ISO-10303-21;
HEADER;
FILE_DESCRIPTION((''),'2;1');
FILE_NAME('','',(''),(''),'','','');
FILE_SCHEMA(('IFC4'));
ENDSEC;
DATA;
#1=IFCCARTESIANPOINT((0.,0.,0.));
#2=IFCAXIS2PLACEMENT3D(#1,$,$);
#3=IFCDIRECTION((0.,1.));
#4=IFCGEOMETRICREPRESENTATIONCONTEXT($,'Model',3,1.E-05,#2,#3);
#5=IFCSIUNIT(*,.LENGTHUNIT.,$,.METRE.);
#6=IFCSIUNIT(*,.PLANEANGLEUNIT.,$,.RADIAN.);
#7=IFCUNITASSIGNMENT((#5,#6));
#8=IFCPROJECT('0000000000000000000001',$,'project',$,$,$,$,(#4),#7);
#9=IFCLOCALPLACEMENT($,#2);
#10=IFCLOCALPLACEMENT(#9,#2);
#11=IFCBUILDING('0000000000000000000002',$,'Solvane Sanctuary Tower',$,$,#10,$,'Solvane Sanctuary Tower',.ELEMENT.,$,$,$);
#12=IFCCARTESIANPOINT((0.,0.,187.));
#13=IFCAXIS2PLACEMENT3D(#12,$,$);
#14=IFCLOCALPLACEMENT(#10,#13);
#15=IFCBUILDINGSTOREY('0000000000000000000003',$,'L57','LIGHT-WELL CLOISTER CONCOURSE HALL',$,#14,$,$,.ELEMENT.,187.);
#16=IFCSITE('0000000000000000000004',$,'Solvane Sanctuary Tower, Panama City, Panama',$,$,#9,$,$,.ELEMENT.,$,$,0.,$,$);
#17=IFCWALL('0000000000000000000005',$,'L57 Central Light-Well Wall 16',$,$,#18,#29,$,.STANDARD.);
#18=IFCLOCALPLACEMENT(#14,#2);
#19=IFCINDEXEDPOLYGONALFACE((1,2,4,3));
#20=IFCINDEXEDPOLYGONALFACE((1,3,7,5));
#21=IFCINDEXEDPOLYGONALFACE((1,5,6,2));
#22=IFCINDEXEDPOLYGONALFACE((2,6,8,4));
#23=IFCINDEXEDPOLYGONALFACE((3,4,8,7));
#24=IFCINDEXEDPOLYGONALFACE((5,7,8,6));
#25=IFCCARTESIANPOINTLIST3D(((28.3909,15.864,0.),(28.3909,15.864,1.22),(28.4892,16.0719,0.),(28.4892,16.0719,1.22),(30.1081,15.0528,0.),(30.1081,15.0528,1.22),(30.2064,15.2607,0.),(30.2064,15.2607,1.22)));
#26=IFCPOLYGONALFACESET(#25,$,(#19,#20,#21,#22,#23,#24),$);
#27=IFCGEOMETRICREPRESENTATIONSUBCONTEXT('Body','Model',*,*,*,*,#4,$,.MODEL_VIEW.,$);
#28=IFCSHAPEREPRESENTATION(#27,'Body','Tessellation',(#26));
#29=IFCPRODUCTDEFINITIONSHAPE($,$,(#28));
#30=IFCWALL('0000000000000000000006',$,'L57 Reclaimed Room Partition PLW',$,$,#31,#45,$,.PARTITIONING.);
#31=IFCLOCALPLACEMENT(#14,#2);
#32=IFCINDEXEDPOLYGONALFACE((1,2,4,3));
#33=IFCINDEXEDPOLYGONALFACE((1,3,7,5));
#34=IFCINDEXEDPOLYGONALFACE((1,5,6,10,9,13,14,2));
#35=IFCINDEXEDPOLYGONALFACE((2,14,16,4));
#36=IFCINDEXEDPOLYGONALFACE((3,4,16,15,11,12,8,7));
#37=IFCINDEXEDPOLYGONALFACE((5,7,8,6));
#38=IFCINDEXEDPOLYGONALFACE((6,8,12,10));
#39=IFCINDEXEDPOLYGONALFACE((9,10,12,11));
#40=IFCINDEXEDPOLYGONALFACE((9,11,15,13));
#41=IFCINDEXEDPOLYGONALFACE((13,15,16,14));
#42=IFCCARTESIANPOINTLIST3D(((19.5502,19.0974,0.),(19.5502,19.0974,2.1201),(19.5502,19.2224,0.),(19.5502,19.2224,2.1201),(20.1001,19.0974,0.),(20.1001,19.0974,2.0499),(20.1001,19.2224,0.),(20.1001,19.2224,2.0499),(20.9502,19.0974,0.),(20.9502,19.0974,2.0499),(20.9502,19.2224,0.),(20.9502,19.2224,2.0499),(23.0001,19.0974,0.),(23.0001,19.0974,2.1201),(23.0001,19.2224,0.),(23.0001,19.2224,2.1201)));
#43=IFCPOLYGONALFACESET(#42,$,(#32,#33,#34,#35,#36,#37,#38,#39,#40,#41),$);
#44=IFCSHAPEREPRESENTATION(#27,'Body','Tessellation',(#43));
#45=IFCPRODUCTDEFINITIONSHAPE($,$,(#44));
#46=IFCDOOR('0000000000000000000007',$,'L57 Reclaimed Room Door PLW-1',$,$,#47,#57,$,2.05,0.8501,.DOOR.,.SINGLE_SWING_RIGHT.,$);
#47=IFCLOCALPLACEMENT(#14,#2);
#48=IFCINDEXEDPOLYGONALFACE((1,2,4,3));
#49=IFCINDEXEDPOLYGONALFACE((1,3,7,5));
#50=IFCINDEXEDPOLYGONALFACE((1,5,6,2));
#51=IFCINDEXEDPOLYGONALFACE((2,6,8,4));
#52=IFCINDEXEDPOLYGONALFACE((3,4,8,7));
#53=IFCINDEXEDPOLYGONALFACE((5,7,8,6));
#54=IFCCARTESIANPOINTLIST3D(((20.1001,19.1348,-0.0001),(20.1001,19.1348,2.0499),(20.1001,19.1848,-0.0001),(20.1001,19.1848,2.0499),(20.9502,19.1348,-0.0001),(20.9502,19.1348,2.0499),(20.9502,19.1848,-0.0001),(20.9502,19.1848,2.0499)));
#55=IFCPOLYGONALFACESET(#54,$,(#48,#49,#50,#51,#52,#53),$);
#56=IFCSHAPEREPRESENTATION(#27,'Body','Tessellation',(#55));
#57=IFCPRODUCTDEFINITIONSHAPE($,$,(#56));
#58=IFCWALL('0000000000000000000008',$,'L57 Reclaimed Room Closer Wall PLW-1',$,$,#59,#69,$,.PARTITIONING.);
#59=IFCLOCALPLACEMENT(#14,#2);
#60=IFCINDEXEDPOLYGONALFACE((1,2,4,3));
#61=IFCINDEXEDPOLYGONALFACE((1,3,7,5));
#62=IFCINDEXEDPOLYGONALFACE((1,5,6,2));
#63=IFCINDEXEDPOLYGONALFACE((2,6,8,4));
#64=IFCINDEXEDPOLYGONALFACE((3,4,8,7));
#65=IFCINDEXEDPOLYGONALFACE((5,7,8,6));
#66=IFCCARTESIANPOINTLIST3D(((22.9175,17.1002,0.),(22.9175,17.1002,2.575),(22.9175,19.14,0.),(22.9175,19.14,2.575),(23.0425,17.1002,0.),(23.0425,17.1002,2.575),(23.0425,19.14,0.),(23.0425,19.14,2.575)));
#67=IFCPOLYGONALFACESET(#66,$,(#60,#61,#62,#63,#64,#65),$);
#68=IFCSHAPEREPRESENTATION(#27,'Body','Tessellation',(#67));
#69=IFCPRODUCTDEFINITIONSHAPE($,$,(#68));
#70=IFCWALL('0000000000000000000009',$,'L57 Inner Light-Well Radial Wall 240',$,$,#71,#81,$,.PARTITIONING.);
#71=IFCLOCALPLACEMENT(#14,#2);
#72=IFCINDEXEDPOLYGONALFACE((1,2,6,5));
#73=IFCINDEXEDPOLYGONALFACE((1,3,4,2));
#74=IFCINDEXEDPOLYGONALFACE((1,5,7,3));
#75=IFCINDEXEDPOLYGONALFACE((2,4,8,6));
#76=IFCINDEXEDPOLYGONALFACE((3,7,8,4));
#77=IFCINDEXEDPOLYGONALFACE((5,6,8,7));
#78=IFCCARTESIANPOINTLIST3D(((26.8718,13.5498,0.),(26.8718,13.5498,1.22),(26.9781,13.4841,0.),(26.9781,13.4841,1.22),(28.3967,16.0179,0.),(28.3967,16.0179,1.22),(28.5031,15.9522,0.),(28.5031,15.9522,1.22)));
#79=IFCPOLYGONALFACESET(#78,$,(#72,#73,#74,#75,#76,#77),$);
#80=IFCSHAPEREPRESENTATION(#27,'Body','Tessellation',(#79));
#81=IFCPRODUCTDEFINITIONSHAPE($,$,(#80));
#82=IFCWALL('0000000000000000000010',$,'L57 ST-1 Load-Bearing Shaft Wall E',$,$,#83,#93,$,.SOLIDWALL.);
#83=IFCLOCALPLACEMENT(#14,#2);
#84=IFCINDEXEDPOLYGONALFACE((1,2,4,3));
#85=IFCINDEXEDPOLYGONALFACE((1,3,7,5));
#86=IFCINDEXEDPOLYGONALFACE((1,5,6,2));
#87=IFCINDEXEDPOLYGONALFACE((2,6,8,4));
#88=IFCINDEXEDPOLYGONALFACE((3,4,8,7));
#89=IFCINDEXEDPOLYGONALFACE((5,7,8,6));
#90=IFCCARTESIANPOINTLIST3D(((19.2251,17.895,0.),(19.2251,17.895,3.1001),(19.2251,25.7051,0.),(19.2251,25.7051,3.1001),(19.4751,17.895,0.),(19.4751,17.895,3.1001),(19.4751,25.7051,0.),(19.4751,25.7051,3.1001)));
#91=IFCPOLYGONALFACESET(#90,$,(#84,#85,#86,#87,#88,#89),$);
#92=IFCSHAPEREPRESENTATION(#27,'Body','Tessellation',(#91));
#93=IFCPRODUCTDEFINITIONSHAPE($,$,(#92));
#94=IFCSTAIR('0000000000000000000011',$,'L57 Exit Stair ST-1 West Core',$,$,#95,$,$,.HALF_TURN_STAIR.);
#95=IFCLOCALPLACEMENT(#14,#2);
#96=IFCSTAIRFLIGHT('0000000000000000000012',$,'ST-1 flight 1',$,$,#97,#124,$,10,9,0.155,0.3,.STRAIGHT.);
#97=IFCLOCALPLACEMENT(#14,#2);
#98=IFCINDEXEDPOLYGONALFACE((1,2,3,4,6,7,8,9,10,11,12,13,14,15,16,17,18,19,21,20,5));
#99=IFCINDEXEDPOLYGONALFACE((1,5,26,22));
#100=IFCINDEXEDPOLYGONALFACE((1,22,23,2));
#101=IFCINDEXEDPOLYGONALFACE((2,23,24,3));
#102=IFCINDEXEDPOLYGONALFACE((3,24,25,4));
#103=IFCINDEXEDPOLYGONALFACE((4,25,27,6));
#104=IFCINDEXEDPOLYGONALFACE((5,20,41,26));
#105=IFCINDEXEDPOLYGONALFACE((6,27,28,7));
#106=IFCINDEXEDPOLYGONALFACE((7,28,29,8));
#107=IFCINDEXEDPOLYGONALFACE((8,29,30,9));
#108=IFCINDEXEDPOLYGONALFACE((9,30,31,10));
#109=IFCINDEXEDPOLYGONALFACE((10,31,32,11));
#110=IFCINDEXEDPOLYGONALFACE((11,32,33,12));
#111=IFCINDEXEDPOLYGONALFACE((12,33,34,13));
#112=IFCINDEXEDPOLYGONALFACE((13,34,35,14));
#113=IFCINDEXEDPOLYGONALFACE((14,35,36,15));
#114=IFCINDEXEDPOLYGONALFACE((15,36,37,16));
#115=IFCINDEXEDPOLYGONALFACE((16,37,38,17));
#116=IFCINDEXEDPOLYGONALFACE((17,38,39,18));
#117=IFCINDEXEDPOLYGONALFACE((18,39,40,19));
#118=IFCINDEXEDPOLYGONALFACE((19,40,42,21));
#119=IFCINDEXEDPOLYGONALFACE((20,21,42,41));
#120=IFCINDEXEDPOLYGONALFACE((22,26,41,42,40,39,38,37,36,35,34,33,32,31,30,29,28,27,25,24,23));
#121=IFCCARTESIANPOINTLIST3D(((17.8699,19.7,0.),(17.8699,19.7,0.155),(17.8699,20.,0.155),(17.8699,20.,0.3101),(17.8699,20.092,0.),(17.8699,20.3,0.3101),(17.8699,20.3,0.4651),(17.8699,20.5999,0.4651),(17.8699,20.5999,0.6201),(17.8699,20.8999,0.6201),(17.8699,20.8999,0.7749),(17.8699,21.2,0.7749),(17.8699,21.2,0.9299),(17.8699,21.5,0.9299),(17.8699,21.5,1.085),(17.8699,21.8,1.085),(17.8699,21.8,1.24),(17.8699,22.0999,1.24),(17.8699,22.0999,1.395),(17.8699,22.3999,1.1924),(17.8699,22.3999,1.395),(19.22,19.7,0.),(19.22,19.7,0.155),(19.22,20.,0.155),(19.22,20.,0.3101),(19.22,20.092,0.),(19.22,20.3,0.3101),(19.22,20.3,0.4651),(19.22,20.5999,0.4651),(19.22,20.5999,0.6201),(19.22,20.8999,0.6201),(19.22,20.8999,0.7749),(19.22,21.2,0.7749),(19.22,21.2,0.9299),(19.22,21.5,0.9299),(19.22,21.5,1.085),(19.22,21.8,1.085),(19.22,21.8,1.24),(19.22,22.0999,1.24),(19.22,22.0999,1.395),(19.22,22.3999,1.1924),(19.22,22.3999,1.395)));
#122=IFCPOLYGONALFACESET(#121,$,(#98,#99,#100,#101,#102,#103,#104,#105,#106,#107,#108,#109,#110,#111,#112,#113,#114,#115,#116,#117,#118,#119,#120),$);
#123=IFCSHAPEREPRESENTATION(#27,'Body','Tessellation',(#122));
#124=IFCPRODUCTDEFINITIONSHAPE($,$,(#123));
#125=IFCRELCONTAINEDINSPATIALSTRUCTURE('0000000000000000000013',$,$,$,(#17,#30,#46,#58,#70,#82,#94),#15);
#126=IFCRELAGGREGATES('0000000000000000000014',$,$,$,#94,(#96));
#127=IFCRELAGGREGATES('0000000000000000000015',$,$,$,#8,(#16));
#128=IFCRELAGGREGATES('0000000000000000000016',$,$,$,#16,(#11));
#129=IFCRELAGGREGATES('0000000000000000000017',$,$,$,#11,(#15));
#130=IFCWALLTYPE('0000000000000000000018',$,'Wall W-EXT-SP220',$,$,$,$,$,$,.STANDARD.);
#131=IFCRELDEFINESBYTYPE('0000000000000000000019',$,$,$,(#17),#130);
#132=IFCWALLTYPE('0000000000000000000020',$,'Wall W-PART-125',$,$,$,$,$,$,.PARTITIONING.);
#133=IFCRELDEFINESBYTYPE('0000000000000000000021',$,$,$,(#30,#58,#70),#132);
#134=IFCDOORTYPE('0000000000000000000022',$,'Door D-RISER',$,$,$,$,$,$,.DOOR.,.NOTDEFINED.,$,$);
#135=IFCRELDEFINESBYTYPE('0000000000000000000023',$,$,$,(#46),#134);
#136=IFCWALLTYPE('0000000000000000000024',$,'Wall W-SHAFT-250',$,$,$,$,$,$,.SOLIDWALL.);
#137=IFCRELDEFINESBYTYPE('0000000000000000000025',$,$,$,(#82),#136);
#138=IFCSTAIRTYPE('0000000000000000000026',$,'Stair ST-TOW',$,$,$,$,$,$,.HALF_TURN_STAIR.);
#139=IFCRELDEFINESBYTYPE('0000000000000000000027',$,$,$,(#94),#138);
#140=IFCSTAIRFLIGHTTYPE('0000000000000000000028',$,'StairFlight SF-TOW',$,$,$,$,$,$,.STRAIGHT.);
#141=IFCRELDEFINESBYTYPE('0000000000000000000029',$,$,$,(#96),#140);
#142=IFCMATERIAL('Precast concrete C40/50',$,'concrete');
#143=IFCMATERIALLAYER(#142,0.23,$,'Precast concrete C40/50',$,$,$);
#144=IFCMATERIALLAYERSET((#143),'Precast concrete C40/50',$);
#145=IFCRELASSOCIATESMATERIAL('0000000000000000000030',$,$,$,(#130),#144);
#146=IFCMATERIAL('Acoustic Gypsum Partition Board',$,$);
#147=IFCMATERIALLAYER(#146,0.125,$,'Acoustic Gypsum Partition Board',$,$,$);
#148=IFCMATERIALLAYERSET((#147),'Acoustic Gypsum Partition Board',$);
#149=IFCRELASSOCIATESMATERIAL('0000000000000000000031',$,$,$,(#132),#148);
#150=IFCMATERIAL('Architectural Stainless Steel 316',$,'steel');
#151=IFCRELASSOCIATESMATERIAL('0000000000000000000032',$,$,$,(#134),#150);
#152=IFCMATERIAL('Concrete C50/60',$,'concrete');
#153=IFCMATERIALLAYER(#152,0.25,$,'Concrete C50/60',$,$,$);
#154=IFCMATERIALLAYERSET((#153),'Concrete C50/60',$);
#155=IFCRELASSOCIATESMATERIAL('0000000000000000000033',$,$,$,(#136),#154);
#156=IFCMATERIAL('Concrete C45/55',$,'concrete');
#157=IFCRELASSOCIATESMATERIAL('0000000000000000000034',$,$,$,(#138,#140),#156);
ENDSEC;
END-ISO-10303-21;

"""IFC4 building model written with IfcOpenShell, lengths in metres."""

from ifc_helpers import new_model, si_unit, direction, frame, frame_2d, origin, place, context, subcontext, project, spatial, polyline, rectangle, outline, extrude, material, layer, layer_set, type_object, element, fill, aggregate, save


model = new_model("IFC4")

# Units and contexts
model_context = context("Model", 3, precision=1e-05, world=origin(), true_north=direction((0.0, 1.0)))
body_context = subcontext(model_context, "Body", "Model", "MODEL_VIEW")
ifc_project = project(units=[si_unit("LENGTHUNIT", "METRE"), si_unit("PLANEANGLEUNIT", "RADIAN")], contexts=[model_context])

# Site, building, storey
site_placement = place(None, origin())
site = spatial("IfcSite", under=ifc_project, at=site_placement, Name="Solvane Sanctuary Tower, Panama City, Panama", CompositionType="ELEMENT", RefElevation=0.0)
building_placement = place(site_placement, origin())
building = spatial("IfcBuilding", under=site, at=building_placement, Name="Solvane Sanctuary Tower", LongName="Solvane Sanctuary Tower", CompositionType="ELEMENT")
storey_placement = place(building_placement, frame((0.0, 0.0, 187.0)))
storey = spatial("IfcBuildingStorey", under=building, at=storey_placement, Name="L57", Description="LIGHT-WELL CLOISTER CONCOURSE HALL", CompositionType="ELEMENT", Elevation=187.0)

# Shared definitions
ifc_material_1 = material(Name="Concrete C50/60", Category="concrete")

# Wall
ifc_material_2 = material(Name="Acoustic Gypsum Partition Board")
ifc_material_3 = material(Name="Precast concrete C40/50", Category="concrete")
ifc_layer_1 = layer(ifc_material_3, 0.23, Name="Precast concrete C40/50")
ifc_layer_set_1 = layer_set([ifc_layer_1], Name="Precast concrete C40/50")
wall_type_1 = type_object("IfcWallType", Name="Wall W-EXT-SP220", PredefinedType="STANDARD", material=ifc_layer_set_1)
wall_1_placement = place(storey_placement, frame((28.4399, 15.968, 0.0), z_axis=(0.0, 0.0, 1.0), x_axis=(0.90418, -0.427152, 0.0)))
element("IfcWall", 1, at=wall_1_placement, inside=storey, type_object=wall_type_1, Name="L57 Central Light-Well Wall 16", PredefinedType="STANDARD", context=body_context, shape_type="SweptSolid", body=[
    extrude(rectangle(XDim=1.8992, YDim=0.23, at=frame_2d((0.9497, 0.0))), origin(), (0.0, 0.0, 1.0), 1.22),
])

# Wall, opening, door
ifc_layer_2 = layer(ifc_material_2, 0.125, Name="Acoustic Gypsum Partition Board")
ifc_layer_set_2 = layer_set([ifc_layer_2], Name="Acoustic Gypsum Partition Board")
wall_type_2 = type_object("IfcWallType", Name="Wall W-PART-125", PredefinedType="PARTITIONING", material=ifc_layer_set_2)
wall_2_placement = place(storey_placement, frame((19.55, 19.1599, 0.0), z_axis=(0.0, 0.0, 1.0), x_axis=(1.0, 0.0, 0.0)))
wall_2 = element("IfcWall", 2, at=wall_2_placement, inside=storey, type_object=wall_type_2, Name="L57 Reclaimed Room Partition PLW", PredefinedType="PARTITIONING", context=body_context, shape_type="SweptSolid", body=[
    extrude(rectangle(XDim=3.45, YDim=0.125, at=frame_2d((1.7251, 0.0))), origin(), (0.0, 0.0, 1.0), 2.1201),
])
opening_placement = place(wall_2_placement, frame((0.55, 0.0, 0.0)))
opening = element("IfcOpeningElement", 3, at=opening_placement, cuts=wall_2, PredefinedType="OPENING", context=body_context, shape_type="SweptSolid", body=[
    extrude(rectangle(XDim=0.8501, YDim=2.05, at=frame_2d((0.425, 1.0249))), frame((0.0, 0.0725, 0.0), z_axis=(0.0, -1.0, 0.0), x_axis=(1.0, 0.0, 0.0)), (0.0, 0.0, 1.0), 0.145),
])
ifc_material_4 = material(Name="Architectural Stainless Steel 316", Category="steel")
door_type = type_object("IfcDoorType", Name="Door D-RISER", OperationType="NOTDEFINED", PredefinedType="DOOR", material=ifc_material_4)
door_placement = place(opening_placement, origin())
door = element("IfcDoor", 4, at=door_placement, inside=storey, type_object=door_type, Name="L57 Reclaimed Room Door PLW-1", OperationType="SINGLE_SWING_RIGHT", OverallHeight=2.05, OverallWidth=0.8501, PredefinedType="DOOR", context=body_context, shape_type="SweptSolid", body=[
    extrude(rectangle(XDim=0.8501, YDim=2.05, at=frame_2d((0.425, 1.0249))), frame((0.0, 0.0249, 0.0), z_axis=(0.0, -1.0, 0.0), x_axis=(1.0, 0.0, 0.0)), (0.0, 0.0, 1.0), 0.05),
])
fill(opening, door)

# Walls
wall_3_placement = place(storey_placement, frame((22.98, 17.1001, 0.0), z_axis=(0.0, 0.0, 1.0), x_axis=(0.0, 1.0, 0.0)))
element("IfcWall", 5, at=wall_3_placement, inside=storey, type_object=wall_type_2, Name="L57 Reclaimed Room Closer Wall PLW-1", PredefinedType="PARTITIONING", context=body_context, shape_type="SweptSolid", body=[
    extrude(rectangle(XDim=2.0398, YDim=0.125, at=frame_2d((1.02, 0.0))), origin(), (0.0, 0.0, 1.0), 2.575),
])
wall_4_placement = place(storey_placement, frame((28.45, 15.9851, 0.0), z_axis=(0.0, 0.0, 1.0), x_axis=(-0.525627, -0.850715, 0.0)))
element("IfcWall", 6, at=wall_4_placement, inside=storey, type_object=wall_type_2, Name="L57 Inner Light-Well Radial Wall 240", PredefinedType="PARTITIONING", context=body_context, shape_type="SweptSolid", body=[
    extrude(rectangle(XDim=2.9011, YDim=0.125, at=frame_2d((1.4507, 0.0))), origin(), (0.0, 0.0, 1.0), 1.22),
])
ifc_layer_3 = layer(ifc_material_1, 0.25, Name="Concrete C50/60")
ifc_layer_set_3 = layer_set([ifc_layer_3], Name="Concrete C50/60")
wall_type_3 = type_object("IfcWallType", Name="Wall W-SHAFT-250", PredefinedType="SOLIDWALL", material=ifc_layer_set_3)
wall_5_placement = place(storey_placement, frame((19.3501, 17.895, 0.0), z_axis=(0.0, 0.0, 1.0), x_axis=(0.0, 1.0, 0.0)))
element("IfcWall", 7, at=wall_5_placement, inside=storey, type_object=wall_type_3, Name="L57 ST-1 Load-Bearing Shaft Wall E", PredefinedType="SOLIDWALL", context=body_context, shape_type="SweptSolid", body=[
    extrude(rectangle(XDim=7.8101, YDim=0.25, at=frame_2d((3.905, 0.0))), origin(), (0.0, 0.0, 1.0), 3.1001),
])

# Stair, stair flight
ifc_material_5 = material(Name="Concrete C45/55", Category="concrete")
stair_type = type_object("IfcStairType", Name="Stair ST-TOW", PredefinedType="HALF_TURN_STAIR", material=ifc_material_5)
stair_placement = place(storey_placement, origin())
stair = element("IfcStair", 8, at=stair_placement, inside=storey, type_object=stair_type, Name="L57 Exit Stair ST-1 West Core", PredefinedType="HALF_TURN_STAIR")
stair_flight_type = type_object("IfcStairFlightType", Name="StairFlight SF-TOW", PredefinedType="STRAIGHT", material=ifc_material_5)
stair_flight_placement = place(storey_placement, frame((18.5449, 19.7, 0.0), z_axis=(0.0, 0.0, 1.0), x_axis=(0.0, 1.0, 0.0)))
stair_flight = element("IfcStairFlight", 9, at=stair_flight_placement, type_object=stair_flight_type, Name="ST-1 flight 1", NumberOfRisers=10, NumberOfTreads=9, PredefinedType="STRAIGHT", RiserHeight=0.155, TreadLength=0.3, context=body_context, shape_type="SweptSolid", body=[
    extrude(outline(polyline([(0.0, 0.0), (0.0, 0.155), (0.3, 0.155), (0.3, 0.3101), (0.6001, 0.3101), (0.6001, 0.4651), (0.8999, 0.4651), (0.8999, 0.6201), (1.2, 0.6201), (1.2, 0.7749), (1.5, 0.7749), (1.5, 0.9299), (1.8, 0.9299), (1.8, 1.085), (2.1001, 1.085), (2.1001, 1.24), (2.3999, 1.24), (2.3999, 1.395), (2.7, 1.395), (2.7, 1.55), (2.7, 1.1924), (0.3921, 0.0), (0.0, 0.0)])), frame((0.0, 0.675, 0.0), z_axis=(0.0, -1.0, 0.0), x_axis=(1.0, 0.0, 0.0)), (0.0, 0.0, 1.0), 1.3501),
])
aggregate(stair, [stair_flight])

save(model, "model.ifc")
